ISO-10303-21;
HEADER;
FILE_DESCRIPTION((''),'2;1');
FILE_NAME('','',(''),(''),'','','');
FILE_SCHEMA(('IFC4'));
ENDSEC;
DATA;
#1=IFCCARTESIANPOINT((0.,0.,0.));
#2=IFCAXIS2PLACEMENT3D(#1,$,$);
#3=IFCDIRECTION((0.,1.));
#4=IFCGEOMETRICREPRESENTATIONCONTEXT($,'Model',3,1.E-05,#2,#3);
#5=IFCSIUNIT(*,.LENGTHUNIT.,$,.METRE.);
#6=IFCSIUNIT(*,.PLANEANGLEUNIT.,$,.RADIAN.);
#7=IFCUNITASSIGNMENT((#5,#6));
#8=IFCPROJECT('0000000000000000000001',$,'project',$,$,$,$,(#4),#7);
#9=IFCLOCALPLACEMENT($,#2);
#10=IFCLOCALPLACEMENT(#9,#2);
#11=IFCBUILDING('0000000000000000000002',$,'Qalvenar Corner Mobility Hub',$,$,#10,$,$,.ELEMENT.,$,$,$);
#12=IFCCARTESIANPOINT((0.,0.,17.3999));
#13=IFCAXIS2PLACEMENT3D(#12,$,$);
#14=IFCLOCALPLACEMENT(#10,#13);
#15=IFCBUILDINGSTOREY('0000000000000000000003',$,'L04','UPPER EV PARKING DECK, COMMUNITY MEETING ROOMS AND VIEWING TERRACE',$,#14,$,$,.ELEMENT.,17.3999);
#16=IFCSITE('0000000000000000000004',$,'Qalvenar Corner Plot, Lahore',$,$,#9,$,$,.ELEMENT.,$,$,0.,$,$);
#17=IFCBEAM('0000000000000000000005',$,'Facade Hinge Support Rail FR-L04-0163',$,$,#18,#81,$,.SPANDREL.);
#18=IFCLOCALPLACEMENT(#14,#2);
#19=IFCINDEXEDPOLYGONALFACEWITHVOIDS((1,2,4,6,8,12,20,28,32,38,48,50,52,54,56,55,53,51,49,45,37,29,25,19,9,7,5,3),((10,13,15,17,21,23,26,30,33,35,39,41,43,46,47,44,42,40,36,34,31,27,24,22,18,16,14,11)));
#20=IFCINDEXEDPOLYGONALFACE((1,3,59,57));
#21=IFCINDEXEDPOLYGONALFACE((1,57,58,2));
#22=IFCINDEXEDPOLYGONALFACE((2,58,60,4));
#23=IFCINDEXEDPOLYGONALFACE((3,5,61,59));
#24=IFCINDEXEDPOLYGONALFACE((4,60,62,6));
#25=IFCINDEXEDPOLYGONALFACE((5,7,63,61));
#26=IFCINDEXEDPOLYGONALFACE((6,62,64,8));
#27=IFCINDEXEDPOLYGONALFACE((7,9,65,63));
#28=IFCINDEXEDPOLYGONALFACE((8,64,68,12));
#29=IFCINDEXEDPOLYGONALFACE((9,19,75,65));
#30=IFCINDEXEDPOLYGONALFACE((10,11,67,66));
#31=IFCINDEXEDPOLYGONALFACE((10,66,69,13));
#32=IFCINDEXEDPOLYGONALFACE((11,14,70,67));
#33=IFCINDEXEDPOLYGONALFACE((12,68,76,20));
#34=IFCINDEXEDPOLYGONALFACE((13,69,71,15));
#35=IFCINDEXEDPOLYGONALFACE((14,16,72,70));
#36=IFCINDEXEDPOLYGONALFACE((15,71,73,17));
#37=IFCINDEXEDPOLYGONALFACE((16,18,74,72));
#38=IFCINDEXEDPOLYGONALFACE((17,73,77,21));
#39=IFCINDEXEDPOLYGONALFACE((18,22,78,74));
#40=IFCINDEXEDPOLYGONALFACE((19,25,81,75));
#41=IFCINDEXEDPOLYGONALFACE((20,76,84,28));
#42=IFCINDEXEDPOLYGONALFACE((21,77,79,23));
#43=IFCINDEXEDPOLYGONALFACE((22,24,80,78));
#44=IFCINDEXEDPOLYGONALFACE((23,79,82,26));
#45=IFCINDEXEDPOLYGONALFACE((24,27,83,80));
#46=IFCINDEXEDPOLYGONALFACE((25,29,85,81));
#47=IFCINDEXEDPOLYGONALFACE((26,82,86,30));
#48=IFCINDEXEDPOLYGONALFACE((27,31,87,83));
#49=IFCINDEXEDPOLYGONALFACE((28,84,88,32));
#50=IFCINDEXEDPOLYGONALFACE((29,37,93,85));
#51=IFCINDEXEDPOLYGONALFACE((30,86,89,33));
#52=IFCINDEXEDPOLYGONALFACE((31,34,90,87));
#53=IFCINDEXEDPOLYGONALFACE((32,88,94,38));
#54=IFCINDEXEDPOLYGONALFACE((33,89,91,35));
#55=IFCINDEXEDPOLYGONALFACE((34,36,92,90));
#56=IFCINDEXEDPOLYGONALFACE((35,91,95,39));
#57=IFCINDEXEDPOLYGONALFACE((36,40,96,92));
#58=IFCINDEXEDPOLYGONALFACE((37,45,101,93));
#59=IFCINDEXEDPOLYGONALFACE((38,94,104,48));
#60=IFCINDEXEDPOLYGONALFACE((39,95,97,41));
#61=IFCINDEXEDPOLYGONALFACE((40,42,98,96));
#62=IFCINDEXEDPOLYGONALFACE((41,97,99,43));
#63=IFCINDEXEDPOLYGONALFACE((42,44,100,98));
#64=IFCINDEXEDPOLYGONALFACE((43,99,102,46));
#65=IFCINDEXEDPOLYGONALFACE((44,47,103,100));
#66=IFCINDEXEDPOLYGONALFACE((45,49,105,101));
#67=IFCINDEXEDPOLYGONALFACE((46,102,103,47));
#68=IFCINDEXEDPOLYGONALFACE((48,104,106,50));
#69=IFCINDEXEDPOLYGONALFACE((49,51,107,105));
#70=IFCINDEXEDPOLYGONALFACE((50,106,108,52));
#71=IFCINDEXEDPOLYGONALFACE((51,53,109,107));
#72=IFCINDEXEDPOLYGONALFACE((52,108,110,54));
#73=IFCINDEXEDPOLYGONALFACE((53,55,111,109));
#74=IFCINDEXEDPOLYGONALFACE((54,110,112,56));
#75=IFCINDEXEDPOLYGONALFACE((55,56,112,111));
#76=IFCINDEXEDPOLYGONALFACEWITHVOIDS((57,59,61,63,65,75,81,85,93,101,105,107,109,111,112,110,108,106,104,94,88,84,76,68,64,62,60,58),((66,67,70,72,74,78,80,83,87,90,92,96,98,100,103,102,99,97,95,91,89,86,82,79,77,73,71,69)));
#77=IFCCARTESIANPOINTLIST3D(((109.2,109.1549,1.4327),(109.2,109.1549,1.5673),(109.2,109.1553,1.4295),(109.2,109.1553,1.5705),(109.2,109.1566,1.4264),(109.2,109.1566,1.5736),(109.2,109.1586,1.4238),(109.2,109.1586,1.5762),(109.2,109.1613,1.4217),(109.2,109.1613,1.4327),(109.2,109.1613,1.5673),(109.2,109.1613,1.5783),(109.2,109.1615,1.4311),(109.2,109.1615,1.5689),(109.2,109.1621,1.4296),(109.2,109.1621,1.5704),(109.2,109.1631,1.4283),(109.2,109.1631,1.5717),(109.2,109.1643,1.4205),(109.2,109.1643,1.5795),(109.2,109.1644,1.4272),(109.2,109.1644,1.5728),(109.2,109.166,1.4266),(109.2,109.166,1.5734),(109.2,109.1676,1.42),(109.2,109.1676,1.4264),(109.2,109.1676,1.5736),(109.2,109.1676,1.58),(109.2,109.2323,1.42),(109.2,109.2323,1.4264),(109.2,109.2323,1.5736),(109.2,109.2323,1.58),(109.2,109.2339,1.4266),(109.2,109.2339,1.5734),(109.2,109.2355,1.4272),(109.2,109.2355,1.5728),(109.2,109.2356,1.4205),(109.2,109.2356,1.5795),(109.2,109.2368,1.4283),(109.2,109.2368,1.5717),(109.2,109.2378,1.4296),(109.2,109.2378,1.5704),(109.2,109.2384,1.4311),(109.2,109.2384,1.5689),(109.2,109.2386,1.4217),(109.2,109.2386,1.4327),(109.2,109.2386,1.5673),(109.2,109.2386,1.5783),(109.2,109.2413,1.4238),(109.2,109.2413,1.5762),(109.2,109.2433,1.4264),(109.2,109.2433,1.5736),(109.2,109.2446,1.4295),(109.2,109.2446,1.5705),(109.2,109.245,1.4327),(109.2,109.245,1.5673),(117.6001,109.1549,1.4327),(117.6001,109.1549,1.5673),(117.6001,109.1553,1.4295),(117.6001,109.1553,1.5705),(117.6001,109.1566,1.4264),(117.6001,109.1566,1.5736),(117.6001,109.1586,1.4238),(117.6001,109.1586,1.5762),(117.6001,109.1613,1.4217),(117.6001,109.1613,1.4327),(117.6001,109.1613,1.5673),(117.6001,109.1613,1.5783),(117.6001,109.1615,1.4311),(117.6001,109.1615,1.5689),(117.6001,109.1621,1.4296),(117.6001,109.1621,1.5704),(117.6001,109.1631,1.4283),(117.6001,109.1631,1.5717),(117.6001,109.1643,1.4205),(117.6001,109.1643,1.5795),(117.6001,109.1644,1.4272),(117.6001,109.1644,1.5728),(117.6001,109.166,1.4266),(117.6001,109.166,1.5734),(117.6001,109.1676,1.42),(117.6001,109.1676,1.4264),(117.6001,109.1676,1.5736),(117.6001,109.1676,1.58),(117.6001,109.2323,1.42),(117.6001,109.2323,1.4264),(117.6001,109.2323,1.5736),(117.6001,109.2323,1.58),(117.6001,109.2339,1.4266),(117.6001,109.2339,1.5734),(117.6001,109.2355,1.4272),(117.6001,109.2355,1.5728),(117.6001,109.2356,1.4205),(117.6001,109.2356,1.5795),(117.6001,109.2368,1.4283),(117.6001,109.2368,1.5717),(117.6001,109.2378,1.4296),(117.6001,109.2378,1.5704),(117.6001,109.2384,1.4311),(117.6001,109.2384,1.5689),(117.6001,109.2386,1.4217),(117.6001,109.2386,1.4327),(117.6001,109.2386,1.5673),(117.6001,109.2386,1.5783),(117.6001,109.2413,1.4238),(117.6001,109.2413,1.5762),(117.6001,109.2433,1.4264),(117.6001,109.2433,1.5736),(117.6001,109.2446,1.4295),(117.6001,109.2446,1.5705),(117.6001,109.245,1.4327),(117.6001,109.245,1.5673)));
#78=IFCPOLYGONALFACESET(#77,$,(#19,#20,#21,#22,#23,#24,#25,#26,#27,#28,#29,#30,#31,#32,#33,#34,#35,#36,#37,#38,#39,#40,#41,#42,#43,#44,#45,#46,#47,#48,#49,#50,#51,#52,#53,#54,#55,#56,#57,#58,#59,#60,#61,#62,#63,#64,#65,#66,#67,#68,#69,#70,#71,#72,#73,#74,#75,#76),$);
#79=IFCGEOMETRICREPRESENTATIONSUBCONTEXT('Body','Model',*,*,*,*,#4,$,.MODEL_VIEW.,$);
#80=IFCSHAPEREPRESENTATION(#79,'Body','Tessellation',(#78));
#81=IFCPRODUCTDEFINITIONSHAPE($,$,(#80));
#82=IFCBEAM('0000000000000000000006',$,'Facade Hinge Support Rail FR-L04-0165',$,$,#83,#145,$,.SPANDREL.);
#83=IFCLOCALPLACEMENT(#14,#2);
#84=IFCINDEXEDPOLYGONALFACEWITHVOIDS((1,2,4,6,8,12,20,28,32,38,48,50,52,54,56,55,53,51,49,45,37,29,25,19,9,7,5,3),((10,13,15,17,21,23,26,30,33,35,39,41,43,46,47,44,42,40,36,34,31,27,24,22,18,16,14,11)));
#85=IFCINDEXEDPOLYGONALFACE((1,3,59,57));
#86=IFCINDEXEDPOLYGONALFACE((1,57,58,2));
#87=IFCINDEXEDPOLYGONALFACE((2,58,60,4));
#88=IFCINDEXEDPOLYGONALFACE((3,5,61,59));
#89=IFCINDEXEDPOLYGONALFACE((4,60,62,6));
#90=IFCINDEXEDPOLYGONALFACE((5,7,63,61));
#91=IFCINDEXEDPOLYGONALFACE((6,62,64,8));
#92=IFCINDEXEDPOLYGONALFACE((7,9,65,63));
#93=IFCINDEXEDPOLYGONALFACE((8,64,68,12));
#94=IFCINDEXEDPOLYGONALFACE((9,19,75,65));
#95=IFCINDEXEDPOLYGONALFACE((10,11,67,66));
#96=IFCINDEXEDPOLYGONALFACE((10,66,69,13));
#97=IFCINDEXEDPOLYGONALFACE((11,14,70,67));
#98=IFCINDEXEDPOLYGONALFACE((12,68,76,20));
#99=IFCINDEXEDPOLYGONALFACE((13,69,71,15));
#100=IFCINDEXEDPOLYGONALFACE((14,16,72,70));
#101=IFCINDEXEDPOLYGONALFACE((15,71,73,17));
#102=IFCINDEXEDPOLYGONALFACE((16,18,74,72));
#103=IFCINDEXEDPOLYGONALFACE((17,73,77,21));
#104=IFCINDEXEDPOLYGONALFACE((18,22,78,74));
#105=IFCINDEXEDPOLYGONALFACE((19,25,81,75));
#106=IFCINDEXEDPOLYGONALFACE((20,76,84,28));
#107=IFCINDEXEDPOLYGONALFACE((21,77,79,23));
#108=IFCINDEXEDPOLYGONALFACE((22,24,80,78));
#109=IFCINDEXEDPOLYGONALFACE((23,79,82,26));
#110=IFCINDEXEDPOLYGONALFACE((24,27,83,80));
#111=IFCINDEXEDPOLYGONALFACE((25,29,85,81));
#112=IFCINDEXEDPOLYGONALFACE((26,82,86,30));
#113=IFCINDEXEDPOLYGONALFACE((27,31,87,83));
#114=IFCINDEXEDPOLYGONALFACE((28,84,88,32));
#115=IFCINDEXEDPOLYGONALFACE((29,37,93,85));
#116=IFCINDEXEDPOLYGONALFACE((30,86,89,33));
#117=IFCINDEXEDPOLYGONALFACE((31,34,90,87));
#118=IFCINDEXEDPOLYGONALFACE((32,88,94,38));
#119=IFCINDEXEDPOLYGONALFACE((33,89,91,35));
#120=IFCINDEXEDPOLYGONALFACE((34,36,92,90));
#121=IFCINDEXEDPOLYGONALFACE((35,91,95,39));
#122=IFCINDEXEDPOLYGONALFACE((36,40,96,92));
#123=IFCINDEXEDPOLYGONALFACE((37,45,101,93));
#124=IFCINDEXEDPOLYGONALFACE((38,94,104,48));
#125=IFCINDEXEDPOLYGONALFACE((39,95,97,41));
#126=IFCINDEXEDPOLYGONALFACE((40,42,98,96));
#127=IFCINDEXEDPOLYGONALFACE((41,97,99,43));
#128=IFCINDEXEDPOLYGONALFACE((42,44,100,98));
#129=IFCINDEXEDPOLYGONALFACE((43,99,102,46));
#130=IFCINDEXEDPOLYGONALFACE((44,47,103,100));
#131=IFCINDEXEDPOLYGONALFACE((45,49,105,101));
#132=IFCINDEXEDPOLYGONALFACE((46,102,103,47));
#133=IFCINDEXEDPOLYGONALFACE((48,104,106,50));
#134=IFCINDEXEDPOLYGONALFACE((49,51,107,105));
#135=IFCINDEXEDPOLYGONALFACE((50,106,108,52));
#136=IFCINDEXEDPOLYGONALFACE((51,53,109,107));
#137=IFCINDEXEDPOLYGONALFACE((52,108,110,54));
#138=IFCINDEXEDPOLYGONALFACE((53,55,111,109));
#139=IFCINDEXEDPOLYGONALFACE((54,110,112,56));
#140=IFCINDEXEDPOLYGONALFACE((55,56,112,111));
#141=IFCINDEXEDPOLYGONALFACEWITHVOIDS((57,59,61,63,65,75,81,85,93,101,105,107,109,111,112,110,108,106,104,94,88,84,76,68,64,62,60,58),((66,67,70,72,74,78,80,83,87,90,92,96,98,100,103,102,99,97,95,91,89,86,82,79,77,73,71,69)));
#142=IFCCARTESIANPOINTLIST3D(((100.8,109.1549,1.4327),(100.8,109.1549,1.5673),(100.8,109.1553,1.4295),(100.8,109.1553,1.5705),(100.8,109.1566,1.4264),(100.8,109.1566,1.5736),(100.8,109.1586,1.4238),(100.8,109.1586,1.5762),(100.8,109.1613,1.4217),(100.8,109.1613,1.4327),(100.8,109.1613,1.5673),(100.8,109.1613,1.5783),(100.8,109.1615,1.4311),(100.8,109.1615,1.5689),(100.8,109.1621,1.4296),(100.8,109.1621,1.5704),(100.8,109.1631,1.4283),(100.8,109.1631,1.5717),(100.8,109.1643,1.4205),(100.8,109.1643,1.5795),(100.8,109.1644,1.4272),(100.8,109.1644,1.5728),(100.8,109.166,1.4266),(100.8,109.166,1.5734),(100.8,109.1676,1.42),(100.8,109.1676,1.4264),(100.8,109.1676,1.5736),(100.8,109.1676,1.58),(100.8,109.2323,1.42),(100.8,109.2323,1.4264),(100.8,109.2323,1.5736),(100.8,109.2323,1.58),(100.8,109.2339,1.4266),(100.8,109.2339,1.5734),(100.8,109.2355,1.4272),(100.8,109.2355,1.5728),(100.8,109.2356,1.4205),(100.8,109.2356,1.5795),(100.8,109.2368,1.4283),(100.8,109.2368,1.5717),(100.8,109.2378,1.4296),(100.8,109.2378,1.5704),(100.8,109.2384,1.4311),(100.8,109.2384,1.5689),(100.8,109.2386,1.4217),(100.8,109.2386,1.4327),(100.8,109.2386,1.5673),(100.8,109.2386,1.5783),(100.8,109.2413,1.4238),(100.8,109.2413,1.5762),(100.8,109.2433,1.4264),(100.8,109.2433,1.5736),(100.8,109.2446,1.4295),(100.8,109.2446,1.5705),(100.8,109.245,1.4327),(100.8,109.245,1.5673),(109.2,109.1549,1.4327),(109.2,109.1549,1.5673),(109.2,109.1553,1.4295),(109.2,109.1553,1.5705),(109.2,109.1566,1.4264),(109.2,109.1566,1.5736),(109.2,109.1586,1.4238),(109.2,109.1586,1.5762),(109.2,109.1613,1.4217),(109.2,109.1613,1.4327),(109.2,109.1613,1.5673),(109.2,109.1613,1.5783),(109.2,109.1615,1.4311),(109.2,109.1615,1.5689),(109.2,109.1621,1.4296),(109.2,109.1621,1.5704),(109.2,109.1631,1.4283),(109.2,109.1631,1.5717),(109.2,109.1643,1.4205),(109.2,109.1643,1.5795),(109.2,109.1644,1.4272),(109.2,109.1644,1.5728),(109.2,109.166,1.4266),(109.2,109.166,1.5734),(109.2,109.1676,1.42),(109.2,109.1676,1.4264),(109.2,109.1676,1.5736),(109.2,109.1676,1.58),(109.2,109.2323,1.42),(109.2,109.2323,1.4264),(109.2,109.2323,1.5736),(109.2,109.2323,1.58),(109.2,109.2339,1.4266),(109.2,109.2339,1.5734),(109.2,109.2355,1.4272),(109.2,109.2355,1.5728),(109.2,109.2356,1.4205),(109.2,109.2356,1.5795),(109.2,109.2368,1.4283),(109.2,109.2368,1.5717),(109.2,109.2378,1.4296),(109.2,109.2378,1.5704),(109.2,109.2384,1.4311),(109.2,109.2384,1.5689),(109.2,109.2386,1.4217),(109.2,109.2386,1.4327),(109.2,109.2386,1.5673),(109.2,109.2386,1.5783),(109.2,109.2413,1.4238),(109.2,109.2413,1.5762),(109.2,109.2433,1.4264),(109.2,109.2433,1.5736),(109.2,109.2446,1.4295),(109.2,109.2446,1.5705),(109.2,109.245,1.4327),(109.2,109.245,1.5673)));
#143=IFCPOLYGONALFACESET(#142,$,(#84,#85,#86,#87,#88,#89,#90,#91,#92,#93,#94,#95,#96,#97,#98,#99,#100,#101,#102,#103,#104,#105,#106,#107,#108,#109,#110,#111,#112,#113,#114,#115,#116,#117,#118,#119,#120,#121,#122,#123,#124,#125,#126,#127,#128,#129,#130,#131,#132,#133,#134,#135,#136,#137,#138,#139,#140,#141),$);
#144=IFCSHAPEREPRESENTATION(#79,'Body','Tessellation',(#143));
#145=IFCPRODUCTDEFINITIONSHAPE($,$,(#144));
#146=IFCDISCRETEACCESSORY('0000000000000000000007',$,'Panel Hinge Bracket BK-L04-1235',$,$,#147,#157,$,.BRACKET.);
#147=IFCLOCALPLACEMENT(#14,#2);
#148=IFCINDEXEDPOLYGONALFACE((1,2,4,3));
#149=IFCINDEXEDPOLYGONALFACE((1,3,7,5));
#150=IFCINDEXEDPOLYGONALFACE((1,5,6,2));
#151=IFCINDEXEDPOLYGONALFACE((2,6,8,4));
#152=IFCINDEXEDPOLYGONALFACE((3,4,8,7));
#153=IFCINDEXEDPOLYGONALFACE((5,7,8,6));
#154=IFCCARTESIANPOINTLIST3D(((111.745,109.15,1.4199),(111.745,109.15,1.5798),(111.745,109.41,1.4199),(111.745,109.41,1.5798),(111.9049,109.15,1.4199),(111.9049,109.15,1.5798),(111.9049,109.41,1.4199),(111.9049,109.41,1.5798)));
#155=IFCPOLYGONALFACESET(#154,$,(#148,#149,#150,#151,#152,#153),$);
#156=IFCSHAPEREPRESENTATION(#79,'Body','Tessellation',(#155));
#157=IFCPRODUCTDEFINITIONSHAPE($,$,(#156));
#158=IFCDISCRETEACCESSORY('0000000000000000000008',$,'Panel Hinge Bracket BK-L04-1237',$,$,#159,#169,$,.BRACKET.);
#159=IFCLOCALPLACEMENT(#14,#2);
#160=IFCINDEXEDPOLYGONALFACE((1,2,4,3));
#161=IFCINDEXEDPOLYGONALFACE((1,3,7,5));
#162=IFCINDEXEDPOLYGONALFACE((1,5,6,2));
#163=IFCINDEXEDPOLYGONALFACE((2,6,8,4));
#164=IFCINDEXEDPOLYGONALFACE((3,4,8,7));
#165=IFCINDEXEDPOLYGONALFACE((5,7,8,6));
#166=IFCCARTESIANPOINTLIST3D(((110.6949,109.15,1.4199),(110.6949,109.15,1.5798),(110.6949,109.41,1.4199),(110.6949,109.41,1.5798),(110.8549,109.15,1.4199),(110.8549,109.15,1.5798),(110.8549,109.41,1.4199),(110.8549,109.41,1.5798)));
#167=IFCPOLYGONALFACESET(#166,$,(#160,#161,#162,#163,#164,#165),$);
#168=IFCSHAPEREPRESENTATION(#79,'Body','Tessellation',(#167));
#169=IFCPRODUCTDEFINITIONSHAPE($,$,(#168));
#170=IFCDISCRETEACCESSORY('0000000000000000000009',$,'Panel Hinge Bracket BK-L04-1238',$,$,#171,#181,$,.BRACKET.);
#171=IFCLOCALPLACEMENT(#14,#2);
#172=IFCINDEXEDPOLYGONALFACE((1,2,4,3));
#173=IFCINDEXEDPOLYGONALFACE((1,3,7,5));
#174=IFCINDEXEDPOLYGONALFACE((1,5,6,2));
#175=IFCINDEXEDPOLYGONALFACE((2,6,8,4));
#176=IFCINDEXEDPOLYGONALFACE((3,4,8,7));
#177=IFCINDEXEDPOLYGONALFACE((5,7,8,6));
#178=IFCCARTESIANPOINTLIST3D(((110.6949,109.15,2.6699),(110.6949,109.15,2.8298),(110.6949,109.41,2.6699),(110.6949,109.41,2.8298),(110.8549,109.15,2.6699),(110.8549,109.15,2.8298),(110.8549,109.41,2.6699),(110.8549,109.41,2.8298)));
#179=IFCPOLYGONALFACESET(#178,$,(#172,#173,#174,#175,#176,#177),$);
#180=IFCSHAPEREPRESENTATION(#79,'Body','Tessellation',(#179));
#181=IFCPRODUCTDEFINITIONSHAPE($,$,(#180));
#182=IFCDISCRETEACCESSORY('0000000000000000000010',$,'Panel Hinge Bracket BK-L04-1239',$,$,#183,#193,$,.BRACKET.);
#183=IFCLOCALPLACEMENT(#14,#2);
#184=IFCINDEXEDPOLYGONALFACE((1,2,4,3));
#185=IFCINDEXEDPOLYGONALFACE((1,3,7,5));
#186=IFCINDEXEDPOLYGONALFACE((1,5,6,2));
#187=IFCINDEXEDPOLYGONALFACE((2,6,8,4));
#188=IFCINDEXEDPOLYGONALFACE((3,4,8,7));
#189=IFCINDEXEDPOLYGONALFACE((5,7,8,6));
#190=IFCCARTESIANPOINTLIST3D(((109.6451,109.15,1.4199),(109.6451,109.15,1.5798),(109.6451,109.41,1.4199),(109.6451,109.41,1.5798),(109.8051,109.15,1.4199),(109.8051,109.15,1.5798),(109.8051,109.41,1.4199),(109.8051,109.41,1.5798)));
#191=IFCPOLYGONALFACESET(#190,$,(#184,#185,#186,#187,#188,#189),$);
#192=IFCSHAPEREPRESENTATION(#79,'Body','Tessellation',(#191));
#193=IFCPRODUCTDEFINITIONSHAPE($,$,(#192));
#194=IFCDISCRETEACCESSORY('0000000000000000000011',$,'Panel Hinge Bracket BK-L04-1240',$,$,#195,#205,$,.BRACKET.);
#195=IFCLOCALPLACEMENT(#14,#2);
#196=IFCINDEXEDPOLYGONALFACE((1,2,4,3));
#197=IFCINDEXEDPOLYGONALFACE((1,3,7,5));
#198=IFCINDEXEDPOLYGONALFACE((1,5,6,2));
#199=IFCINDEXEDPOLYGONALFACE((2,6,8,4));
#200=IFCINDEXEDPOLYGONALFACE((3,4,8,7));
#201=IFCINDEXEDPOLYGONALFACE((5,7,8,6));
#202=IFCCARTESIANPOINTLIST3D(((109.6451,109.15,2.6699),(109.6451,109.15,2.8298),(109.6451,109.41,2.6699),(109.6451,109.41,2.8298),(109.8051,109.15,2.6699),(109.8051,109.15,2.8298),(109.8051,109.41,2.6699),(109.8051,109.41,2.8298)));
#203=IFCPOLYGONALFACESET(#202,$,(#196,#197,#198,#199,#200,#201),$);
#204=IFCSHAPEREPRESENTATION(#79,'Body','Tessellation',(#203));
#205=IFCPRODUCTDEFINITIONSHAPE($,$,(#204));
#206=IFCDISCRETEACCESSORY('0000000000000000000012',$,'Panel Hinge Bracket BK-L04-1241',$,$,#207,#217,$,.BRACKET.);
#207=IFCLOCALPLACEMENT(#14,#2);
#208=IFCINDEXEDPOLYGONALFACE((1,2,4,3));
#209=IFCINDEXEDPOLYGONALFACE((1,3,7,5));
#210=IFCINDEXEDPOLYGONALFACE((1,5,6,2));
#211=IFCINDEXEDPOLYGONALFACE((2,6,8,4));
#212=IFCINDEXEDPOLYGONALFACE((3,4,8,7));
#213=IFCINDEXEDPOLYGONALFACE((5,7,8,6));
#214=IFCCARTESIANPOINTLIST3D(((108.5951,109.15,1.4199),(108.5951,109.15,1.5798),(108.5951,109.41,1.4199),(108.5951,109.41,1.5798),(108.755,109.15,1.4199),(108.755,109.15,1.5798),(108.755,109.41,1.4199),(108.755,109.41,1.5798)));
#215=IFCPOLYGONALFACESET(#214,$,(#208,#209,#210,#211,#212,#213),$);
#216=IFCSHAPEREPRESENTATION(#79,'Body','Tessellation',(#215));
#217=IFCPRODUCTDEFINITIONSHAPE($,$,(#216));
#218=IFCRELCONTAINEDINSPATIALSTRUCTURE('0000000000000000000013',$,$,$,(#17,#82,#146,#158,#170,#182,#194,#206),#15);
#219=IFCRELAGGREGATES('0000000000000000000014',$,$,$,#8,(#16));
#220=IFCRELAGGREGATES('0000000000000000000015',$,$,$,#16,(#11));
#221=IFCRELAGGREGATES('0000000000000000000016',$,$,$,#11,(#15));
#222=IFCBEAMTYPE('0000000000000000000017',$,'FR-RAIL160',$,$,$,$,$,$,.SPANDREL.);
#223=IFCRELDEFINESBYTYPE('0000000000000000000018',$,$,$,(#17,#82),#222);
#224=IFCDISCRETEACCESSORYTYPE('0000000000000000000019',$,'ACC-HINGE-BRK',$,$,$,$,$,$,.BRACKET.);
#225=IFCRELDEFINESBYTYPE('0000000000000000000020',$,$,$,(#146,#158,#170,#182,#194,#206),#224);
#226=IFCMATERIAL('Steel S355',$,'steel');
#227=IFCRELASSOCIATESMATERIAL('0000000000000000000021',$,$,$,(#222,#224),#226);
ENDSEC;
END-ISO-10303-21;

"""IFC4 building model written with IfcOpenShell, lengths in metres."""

from ifc_helpers import new_model, si_unit, direction, frame, origin, origin_2d, place, context, subcontext, project, spatial, rectangle, hollow_rectangle, extrude, material, material_profile, profile_set, type_object, element, save


model = new_model("IFC4")

# Units and contexts
model_context = context("Model", 3, precision=1e-05, world=origin(), true_north=direction((0.0, 1.0)))
body_context = subcontext(model_context, "Body", "Model", "MODEL_VIEW")
ifc_project = project(units=[si_unit("LENGTHUNIT", "METRE"), si_unit("PLANEANGLEUNIT", "RADIAN")], contexts=[model_context])

# Site, building, storey
site_placement = place(None, origin())
site = spatial("IfcSite", under=ifc_project, at=site_placement, Name="Qalvenar Corner Plot, Lahore", CompositionType="ELEMENT", RefElevation=0.0)
building_placement = place(site_placement, origin())
building = spatial("IfcBuilding", under=site, at=building_placement, Name="Qalvenar Corner Mobility Hub", CompositionType="ELEMENT")
storey_placement = place(building_placement, frame((0.0, 0.0, 17.3999)))
storey = spatial("IfcBuildingStorey", under=building, at=storey_placement, Name="L04", Description="UPPER EV PARKING DECK, COMMUNITY MEETING ROOMS AND VIEWING TERRACE", CompositionType="ELEMENT", Elevation=17.3999)

# Shared definitions
ifc_material = material(Name="Steel S355", Category="steel")

# Beams
ifc_material_profile_1 = material_profile(ifc_material, hollow_rectangle(XDim=0.0901, YDim=0.1599, WallThickness=0.0063, InnerFilletRadius=0.0063, OuterFilletRadius=0.0127, at=origin_2d()), Name="RHS160x90x6.3")
ifc_profile_set_1 = profile_set([ifc_material_profile_1], Name="Steel S355")
beam_type_1 = type_object("IfcBeamType", Name="FR-RAIL160", PredefinedType="SPANDREL", material=ifc_profile_set_1)
beam_1_placement = place(storey_placement, frame((117.6001, 109.2, 1.5), z_axis=(-1.0, 0.0, 0.0), x_axis=(0.0, -1.0, 0.0)))
element("IfcBeam", 1, at=beam_1_placement, inside=storey, type_object=beam_type_1, Name="Facade Hinge Support Rail FR-L04-0163", PredefinedType="SPANDREL", context=body_context, shape_type="SweptSolid", body=[
    extrude(hollow_rectangle(XDim=0.0901, YDim=0.1599, WallThickness=0.0063, InnerFilletRadius=0.0063, OuterFilletRadius=0.0127, at=origin_2d()), origin(), (0.0, 0.0, 1.0), 8.4001),
])
beam_2_placement = place(storey_placement, frame((109.2, 109.2, 1.5), z_axis=(-1.0, 0.0, 0.0), x_axis=(0.0, -1.0, 0.0)))
element("IfcBeam", 2, at=beam_2_placement, inside=storey, type_object=beam_type_1, Name="Facade Hinge Support Rail FR-L04-0165", PredefinedType="SPANDREL", context=body_context, shape_type="SweptSolid", body=[
    extrude(hollow_rectangle(XDim=0.0901, YDim=0.1599, WallThickness=0.0063, InnerFilletRadius=0.0063, OuterFilletRadius=0.0127, at=origin_2d()), origin(), (0.0, 0.0, 1.0), 8.3999),
])

# Discrete accessories
discrete_accessory_type = type_object("IfcDiscreteAccessoryType", Name="ACC-HINGE-BRK", PredefinedType="BRACKET", material=ifc_material)
for number, where, z_axis, x_axis, name in (
    (3, (111.825, 109.28, 1.4199), (0.0, 0.0, 1.0), (-1.0, 0.0, 0.0), "Panel Hinge Bracket BK-L04-1235"),
    (4, (110.7749, 109.28, 1.4199), (0.0, 0.0, 1.0), (-1.0, 0.0, 0.0), "Panel Hinge Bracket BK-L04-1237"),
    (5, (110.7749, 109.28, 2.6699), (0.0, 0.0, 1.0), (-1.0, 0.0, 0.0), "Panel Hinge Bracket BK-L04-1238"),
    (6, (109.7251, 109.28, 1.4199), (0.0, 0.0, 1.0), (-1.0, 0.0, 0.0), "Panel Hinge Bracket BK-L04-1239"),
    (7, (109.7251, 109.28, 2.6699), (0.0, 0.0, 1.0), (-1.0, 0.0, 0.0), "Panel Hinge Bracket BK-L04-1240"),
    (8, (108.675, 109.28, 1.4199), (0.0, 0.0, 1.0), (-1.0, 0.0, 0.0), "Panel Hinge Bracket BK-L04-1241"),
):
    element("IfcDiscreteAccessory", number, at=place(storey_placement, frame(where, z_axis=z_axis, x_axis=x_axis)), inside=storey, type_object=discrete_accessory_type, Name=name, PredefinedType="BRACKET", context=body_context, shape_type="SweptSolid", body=[
        extrude(rectangle(XDim=0.1599, YDim=0.26, at=origin_2d()), origin(), (0.0, 0.0, 1.0), 0.1599),
    ])

save(model, "model.ifc")
